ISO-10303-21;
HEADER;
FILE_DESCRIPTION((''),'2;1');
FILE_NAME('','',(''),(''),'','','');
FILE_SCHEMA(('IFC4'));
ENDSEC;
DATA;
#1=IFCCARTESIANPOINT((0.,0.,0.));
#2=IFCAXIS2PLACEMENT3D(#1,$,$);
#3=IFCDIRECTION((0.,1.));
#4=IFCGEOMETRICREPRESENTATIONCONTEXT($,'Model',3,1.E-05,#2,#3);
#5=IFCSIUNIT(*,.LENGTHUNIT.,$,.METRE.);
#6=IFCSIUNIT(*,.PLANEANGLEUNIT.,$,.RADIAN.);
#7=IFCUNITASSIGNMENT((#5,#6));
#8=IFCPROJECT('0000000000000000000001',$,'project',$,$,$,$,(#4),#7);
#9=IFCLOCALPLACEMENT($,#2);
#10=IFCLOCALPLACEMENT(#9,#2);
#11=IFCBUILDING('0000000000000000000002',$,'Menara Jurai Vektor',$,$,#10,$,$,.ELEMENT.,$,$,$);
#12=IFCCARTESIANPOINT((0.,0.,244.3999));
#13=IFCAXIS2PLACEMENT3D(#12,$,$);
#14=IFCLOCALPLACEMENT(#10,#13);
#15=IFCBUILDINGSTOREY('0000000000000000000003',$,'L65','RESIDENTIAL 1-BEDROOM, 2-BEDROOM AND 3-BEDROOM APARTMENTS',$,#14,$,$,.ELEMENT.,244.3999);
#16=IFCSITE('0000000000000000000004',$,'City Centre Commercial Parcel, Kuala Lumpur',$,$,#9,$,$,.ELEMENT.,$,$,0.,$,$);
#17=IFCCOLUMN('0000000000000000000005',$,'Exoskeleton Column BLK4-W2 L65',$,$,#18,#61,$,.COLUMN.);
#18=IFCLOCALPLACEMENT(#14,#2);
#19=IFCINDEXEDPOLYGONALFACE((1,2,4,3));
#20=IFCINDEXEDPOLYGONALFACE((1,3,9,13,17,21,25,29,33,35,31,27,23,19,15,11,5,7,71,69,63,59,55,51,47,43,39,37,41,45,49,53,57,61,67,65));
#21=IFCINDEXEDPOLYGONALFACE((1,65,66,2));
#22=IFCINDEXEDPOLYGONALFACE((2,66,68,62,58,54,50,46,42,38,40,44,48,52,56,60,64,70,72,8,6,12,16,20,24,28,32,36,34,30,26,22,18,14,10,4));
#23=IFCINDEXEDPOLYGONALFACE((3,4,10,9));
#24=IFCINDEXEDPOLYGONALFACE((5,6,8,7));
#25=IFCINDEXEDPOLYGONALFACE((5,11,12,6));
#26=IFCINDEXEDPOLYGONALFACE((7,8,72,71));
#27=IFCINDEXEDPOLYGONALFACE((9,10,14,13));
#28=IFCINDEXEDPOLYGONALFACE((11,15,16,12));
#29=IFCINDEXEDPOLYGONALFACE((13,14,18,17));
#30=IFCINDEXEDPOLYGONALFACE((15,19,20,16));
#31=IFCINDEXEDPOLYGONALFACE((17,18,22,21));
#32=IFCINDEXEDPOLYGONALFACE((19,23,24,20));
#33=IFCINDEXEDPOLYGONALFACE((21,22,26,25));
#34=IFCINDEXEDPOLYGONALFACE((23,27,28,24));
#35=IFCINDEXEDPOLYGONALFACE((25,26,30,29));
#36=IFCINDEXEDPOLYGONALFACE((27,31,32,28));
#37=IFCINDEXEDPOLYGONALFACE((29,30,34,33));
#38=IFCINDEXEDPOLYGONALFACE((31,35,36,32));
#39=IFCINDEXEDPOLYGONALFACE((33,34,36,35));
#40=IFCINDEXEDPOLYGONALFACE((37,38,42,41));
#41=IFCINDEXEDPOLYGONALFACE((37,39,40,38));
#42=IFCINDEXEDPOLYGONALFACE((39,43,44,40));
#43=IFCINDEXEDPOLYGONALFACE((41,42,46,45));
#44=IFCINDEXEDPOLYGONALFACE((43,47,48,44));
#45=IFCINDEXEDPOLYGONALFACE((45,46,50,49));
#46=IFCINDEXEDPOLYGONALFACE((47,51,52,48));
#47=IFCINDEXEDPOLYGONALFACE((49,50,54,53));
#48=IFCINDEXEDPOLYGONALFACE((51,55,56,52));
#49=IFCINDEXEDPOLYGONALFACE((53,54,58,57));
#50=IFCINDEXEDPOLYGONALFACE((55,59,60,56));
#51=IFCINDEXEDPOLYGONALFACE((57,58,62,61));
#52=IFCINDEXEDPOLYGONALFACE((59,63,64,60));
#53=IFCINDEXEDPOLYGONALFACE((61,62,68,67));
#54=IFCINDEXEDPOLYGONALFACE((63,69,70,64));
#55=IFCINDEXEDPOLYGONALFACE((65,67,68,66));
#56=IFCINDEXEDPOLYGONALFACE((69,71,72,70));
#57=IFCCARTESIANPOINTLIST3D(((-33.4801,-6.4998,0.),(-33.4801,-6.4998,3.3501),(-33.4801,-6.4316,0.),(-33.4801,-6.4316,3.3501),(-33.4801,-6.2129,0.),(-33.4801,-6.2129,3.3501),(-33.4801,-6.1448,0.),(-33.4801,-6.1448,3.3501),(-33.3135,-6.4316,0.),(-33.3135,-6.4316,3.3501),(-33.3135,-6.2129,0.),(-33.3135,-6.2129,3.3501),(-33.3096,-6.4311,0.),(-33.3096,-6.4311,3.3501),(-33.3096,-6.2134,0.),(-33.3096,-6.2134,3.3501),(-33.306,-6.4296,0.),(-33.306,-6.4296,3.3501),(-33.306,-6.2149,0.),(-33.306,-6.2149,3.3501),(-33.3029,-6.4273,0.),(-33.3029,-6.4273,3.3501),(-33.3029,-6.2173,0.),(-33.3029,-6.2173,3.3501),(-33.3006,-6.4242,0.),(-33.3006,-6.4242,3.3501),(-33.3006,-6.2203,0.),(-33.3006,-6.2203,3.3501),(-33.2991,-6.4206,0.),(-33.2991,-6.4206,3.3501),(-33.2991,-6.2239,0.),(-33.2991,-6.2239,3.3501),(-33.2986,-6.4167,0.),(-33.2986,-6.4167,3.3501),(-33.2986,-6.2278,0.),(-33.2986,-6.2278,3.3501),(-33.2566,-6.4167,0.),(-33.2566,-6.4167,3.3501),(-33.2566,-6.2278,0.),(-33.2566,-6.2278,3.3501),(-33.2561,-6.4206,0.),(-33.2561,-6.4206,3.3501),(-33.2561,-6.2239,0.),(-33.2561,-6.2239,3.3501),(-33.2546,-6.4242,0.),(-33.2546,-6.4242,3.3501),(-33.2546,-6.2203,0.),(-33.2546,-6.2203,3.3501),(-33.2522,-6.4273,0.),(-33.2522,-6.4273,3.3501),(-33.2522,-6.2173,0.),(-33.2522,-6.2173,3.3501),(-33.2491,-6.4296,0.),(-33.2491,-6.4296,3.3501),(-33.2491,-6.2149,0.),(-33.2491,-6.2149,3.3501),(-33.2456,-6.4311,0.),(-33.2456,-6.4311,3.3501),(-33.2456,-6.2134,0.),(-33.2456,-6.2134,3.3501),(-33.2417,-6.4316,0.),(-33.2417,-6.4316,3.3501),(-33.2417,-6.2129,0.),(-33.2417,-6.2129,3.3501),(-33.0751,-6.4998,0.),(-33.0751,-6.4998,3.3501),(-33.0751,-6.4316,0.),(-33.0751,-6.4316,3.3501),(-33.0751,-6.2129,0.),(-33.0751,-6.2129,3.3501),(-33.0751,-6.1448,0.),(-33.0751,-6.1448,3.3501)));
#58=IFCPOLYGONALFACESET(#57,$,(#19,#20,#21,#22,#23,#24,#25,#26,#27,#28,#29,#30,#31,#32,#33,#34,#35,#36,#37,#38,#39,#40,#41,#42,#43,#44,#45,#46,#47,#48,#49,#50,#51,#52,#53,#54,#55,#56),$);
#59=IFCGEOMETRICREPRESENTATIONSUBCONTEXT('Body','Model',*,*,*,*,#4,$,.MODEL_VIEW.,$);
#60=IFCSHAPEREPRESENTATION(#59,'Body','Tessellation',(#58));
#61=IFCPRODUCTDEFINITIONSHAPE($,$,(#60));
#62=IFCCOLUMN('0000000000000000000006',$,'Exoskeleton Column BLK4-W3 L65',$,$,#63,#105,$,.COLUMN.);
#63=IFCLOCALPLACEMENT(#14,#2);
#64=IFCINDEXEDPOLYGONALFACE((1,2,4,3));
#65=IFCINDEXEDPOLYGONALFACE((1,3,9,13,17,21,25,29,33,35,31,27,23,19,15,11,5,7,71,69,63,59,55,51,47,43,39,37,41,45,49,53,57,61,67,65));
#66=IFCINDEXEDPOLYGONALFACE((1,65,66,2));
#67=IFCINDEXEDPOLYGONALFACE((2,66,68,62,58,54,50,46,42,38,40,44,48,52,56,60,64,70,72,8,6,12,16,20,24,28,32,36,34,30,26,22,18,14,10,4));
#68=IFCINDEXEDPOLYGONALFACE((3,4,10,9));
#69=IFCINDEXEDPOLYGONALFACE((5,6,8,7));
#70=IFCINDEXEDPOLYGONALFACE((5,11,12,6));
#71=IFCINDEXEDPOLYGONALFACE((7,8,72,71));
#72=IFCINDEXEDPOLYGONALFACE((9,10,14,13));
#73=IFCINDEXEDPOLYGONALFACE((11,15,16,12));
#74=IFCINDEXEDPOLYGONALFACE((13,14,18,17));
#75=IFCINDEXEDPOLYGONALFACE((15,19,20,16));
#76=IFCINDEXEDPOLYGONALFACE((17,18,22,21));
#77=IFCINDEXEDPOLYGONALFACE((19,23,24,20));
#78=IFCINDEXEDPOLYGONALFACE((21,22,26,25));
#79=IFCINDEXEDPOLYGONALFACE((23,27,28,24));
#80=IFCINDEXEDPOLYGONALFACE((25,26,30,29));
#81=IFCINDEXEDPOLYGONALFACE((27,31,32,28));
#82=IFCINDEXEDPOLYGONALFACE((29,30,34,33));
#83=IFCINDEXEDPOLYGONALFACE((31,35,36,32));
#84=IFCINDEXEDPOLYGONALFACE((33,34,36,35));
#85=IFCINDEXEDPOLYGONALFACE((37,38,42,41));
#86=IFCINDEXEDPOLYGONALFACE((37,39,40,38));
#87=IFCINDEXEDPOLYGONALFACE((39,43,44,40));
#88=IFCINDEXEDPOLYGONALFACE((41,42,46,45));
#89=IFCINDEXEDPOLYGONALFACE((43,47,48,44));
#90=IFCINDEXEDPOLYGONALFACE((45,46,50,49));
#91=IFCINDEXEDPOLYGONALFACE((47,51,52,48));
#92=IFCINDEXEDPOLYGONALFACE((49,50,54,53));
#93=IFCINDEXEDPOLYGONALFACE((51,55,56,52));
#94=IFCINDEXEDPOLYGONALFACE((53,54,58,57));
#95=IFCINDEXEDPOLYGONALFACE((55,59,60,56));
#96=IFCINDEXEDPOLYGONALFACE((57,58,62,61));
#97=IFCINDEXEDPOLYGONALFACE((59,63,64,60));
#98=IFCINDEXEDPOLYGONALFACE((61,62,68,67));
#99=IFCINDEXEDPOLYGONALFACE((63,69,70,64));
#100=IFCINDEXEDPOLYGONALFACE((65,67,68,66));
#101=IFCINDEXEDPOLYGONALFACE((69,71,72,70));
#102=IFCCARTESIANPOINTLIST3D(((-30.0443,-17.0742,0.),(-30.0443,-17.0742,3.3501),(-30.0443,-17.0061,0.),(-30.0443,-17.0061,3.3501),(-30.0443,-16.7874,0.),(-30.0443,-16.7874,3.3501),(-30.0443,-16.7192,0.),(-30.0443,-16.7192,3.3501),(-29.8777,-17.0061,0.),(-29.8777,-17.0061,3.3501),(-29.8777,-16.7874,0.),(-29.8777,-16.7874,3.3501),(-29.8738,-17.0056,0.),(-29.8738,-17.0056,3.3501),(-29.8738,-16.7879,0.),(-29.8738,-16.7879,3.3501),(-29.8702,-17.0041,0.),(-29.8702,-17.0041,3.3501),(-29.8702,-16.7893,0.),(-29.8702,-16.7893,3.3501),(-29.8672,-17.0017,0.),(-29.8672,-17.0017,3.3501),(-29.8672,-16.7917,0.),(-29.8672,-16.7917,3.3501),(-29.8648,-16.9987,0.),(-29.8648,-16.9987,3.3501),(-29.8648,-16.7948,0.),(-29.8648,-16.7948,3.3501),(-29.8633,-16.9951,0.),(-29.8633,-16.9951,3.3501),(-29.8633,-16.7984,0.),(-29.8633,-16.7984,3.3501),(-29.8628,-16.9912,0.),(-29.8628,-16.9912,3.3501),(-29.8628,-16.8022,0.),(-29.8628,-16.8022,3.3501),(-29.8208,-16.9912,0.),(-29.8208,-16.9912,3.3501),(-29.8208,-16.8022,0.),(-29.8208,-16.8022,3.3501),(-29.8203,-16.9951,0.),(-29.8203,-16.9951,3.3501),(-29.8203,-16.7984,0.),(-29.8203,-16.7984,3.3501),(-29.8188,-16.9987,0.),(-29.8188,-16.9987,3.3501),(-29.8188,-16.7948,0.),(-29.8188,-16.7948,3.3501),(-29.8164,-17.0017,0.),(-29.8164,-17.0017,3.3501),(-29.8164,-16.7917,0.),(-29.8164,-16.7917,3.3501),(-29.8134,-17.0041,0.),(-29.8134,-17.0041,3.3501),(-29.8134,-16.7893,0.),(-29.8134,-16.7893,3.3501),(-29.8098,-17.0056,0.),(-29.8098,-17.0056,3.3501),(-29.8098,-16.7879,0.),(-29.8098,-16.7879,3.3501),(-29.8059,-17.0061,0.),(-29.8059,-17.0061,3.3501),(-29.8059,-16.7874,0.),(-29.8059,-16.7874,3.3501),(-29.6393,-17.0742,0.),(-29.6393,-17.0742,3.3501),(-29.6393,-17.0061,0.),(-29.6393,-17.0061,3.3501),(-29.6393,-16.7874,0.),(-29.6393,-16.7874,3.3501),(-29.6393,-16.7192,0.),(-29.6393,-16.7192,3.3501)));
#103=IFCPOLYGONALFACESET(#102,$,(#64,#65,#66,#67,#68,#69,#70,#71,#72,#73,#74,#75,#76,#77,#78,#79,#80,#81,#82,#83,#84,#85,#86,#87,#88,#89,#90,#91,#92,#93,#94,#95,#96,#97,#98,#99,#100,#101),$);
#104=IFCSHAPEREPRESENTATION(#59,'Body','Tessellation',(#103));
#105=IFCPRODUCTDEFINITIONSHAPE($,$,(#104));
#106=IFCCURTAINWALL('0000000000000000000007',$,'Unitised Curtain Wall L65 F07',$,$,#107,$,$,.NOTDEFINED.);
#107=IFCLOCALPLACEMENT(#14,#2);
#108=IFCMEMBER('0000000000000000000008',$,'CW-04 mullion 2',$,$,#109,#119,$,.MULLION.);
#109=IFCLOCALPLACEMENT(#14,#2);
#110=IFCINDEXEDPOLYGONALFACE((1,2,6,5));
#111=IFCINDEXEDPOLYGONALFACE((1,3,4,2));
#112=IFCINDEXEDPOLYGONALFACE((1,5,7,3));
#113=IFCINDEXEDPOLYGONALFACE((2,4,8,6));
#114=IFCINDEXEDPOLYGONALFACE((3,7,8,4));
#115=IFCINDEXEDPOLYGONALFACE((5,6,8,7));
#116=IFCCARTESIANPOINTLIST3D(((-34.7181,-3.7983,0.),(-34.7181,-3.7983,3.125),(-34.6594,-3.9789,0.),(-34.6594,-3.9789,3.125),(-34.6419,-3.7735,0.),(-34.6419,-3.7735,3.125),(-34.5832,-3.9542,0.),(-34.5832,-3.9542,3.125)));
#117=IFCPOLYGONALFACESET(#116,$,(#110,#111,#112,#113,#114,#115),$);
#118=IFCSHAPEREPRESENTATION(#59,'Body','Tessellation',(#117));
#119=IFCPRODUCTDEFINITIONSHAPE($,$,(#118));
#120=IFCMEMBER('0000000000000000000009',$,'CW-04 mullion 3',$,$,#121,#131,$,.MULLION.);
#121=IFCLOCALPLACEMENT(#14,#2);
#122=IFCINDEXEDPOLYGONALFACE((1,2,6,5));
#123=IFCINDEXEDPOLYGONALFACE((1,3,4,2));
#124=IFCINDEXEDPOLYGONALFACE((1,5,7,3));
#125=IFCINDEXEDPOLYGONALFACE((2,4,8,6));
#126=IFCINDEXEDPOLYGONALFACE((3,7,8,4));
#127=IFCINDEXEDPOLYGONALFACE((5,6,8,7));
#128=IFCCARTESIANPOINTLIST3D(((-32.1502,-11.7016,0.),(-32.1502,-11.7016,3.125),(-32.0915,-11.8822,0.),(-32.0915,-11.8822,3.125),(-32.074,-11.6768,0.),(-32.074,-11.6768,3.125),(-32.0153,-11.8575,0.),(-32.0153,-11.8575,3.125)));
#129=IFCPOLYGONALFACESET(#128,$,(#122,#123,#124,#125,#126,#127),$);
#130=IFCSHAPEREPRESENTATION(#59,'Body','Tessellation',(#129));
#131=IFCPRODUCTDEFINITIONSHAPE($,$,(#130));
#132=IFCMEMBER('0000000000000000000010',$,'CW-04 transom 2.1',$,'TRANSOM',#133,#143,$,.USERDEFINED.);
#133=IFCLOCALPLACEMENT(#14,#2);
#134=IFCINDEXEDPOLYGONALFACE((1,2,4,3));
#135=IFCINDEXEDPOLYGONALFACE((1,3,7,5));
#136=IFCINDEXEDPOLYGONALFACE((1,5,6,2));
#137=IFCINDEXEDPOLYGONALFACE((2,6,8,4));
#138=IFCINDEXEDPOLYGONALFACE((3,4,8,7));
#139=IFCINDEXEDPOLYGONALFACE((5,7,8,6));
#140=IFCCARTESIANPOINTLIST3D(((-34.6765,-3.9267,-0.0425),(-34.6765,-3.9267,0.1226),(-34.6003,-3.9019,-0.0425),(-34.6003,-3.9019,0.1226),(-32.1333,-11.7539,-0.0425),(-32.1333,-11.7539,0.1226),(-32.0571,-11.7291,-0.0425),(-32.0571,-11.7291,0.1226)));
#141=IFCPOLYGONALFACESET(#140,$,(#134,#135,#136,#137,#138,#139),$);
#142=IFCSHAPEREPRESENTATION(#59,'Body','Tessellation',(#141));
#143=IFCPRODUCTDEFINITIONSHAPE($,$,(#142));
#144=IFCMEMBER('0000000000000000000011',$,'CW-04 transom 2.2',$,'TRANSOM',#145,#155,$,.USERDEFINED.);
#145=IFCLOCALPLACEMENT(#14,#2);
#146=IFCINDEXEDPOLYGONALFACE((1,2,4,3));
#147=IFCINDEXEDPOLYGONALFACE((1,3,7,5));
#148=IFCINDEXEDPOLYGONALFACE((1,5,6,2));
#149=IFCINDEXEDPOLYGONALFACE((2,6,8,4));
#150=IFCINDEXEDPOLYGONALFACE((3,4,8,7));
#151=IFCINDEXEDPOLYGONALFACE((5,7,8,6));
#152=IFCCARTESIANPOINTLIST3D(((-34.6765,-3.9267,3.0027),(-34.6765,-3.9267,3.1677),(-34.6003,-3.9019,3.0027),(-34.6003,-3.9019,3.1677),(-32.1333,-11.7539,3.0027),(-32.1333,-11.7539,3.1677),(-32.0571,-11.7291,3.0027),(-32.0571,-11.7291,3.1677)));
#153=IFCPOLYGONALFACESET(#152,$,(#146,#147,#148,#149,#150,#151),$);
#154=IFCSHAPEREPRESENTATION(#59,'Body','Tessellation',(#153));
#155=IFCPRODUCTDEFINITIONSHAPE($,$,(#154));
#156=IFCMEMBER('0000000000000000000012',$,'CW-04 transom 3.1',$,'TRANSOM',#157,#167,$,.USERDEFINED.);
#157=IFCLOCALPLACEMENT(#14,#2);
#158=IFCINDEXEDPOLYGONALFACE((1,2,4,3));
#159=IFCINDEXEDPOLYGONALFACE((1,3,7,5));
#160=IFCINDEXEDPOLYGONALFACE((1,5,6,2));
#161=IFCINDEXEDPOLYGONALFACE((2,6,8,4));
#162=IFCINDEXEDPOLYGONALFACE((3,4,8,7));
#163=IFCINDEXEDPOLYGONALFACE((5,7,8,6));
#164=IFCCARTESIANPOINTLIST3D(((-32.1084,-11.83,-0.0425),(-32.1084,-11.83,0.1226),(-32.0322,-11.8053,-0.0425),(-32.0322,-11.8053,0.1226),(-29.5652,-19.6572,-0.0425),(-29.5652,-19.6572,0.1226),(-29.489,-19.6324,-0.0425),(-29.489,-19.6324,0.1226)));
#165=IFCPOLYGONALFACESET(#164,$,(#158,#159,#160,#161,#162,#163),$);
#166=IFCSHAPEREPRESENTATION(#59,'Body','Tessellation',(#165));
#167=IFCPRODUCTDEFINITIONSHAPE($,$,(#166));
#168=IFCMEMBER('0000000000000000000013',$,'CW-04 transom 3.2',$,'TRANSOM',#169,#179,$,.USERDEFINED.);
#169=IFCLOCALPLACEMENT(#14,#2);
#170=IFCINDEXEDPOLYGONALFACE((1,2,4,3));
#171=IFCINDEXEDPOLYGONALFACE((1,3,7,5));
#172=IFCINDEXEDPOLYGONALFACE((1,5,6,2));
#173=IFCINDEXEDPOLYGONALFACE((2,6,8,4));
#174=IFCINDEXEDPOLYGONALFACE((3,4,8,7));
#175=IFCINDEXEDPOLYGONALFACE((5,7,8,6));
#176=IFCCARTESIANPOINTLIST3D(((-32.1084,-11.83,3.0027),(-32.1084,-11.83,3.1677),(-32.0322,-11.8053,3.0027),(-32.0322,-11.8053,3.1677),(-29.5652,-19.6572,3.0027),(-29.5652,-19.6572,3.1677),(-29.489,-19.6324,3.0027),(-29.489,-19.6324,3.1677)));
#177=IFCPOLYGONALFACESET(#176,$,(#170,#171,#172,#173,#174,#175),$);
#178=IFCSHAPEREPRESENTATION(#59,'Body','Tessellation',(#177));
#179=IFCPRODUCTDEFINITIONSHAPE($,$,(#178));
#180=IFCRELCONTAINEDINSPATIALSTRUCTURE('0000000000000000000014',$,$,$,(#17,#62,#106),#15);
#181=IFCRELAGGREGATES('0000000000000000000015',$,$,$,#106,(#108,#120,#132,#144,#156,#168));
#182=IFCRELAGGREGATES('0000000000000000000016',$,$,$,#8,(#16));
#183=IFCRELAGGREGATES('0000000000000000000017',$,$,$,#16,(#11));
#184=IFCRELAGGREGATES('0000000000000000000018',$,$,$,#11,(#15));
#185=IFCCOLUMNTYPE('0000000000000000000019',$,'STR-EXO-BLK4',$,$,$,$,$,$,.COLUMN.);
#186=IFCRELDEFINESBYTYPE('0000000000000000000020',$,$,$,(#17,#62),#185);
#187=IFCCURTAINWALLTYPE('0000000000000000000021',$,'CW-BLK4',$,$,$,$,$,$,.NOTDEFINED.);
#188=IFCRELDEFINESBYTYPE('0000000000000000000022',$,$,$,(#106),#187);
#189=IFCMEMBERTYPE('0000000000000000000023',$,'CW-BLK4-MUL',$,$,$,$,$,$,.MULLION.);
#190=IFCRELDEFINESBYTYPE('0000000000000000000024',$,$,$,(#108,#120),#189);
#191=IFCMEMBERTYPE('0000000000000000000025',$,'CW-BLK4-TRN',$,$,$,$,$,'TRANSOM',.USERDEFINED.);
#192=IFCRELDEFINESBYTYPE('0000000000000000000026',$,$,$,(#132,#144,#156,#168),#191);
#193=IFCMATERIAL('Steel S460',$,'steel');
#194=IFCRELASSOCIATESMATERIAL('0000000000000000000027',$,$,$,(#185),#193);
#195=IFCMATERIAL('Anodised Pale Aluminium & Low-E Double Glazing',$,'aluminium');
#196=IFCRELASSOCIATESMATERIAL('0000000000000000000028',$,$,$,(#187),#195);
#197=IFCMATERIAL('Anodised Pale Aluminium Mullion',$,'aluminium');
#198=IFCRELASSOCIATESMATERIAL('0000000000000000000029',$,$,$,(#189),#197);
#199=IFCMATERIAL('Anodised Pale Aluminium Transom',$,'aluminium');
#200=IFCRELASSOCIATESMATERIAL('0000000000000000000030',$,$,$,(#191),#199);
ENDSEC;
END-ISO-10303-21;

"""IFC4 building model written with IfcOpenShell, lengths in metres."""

from ifc_helpers import new_model, si_unit, direction, frame, origin, origin_2d, place, context, subcontext, project, spatial, rectangle, i_section, extrude, material, material_profile, profile_set, type_object, element, aggregate, save


model = new_model("IFC4")

# Units and contexts
model_context = context("Model", 3, precision=1e-05, world=origin(), true_north=direction((0.0, 1.0)))
body_context = subcontext(model_context, "Body", "Model", "MODEL_VIEW")
ifc_project = project(units=[si_unit("LENGTHUNIT", "METRE"), si_unit("PLANEANGLEUNIT", "RADIAN")], contexts=[model_context])

# Site, building, storey
site_placement = place(None, origin())
site = spatial("IfcSite", under=ifc_project, at=site_placement, Name="City Centre Commercial Parcel, Kuala Lumpur", CompositionType="ELEMENT", RefElevation=0.0)
building_placement = place(site_placement, origin())
building = spatial("IfcBuilding", under=site, at=building_placement, Name="Menara Jurai Vektor", CompositionType="ELEMENT")
storey_placement = place(building_placement, frame((0.0, 0.0, 244.3999)))
storey = spatial("IfcBuildingStorey", under=building, at=storey_placement, Name="L65", Description="RESIDENTIAL 1-BEDROOM, 2-BEDROOM AND 3-BEDROOM APARTMENTS", CompositionType="ELEMENT", Elevation=244.3999)

# Columns
ifc_material_1 = material(Name="Steel S460", Category="steel")
ifc_material_profile_1 = material_profile(ifc_material_1, i_section(OverallWidth=0.405, OverallDepth=0.355, WebThickness=0.042, FlangeThickness=0.0681, FilletRadius=0.0149, at=origin_2d()), Name="HD 400x551")
ifc_profile_set_1 = profile_set([ifc_material_profile_1], Name="Steel S460")
column_type = type_object("IfcColumnType", Name="STR-EXO-BLK4", PredefinedType="COLUMN", material=ifc_profile_set_1)
for number, where, z_axis, x_axis, name in (
    (1, (-33.2776, -6.3223, 0.0), (0.0, 0.0, 1.0), (1.0, 0.0, 0.0), "Exoskeleton Column BLK4-W2 L65"),
    (2, (-29.8418, -16.8967, 0.0), (0.0, 0.0, 1.0), (1.0, 0.0, 0.0), "Exoskeleton Column BLK4-W3 L65"),
):
    element("IfcColumn", number, at=place(storey_placement, frame(where, z_axis=z_axis, x_axis=x_axis)), inside=storey, type_object=column_type, Name=name, PredefinedType="COLUMN", context=body_context, shape_type="SweptSolid", body=[
        extrude(i_section(OverallWidth=0.405, OverallDepth=0.355, WebThickness=0.042, FlangeThickness=0.0681, FilletRadius=0.0149, at=origin_2d()), origin(), (0.0, 0.0, 1.0), 3.3501),
    ])

# Curtain wall, members
ifc_material_2 = material(Name="Anodised Pale Aluminium & Low-E Double Glazing", Category="aluminium")
curtain_wall_type = type_object("IfcCurtainWallType", Name="CW-BLK4", PredefinedType="NOTDEFINED", material=ifc_material_2)
curtain_wall_placement = place(storey_placement, origin())
curtain_wall = element("IfcCurtainWall", 3, at=curtain_wall_placement, inside=storey, type_object=curtain_wall_type, Name="Unitised Curtain Wall L65 F07", PredefinedType="NOTDEFINED")
ifc_material_3 = material(Name="Anodised Pale Aluminium Mullion", Category="aluminium")
ifc_material_profile_2 = material_profile(ifc_material_3, rectangle(XDim=0.0801, YDim=0.1899, at=origin_2d()), Name="ALU MUL 80x190")
ifc_profile_set_2 = profile_set([ifc_material_profile_2], Name="Anodised Pale Aluminium Mullion")
member_type_1 = type_object("IfcMemberType", Name="CW-BLK4-MUL", PredefinedType="MULLION", material=ifc_profile_set_2)
member_1_placement = place(storey_placement, frame((-34.6506, -3.8762, 0.0), z_axis=(0.0, 0.0, 1.0), x_axis=(0.951057, 0.309016, 0.0)))
member_1 = element("IfcMember", 4, at=member_1_placement, type_object=member_type_1, Name="CW-04 mullion 2", PredefinedType="MULLION", context=body_context, shape_type="SweptSolid", body=[
    extrude(rectangle(XDim=0.0801, YDim=0.1899, at=origin_2d()), origin(), (0.0, 0.0, 1.0), 3.125),
])
member_2_placement = place(storey_placement, frame((-32.0828, -11.7795, 0.0), z_axis=(0.0, 0.0, 1.0), x_axis=(0.951057, 0.309016, 0.0)))
member_2 = element("IfcMember", 5, at=member_2_placement, type_object=member_type_1, Name="CW-04 mullion 3", PredefinedType="MULLION", context=body_context, shape_type="SweptSolid", body=[
    extrude(rectangle(XDim=0.0801, YDim=0.1899, at=origin_2d()), origin(), (0.0, 0.0, 1.0), 3.125),
])
ifc_material_4 = material(Name="Anodised Pale Aluminium Transom", Category="aluminium")
ifc_material_profile_3 = material_profile(ifc_material_4, rectangle(XDim=0.0801, YDim=0.165, at=origin_2d()), Name="ALU TRN 80x165")
ifc_profile_set_3 = profile_set([ifc_material_profile_3], Name="Anodised Pale Aluminium Transom")
member_type_2 = type_object("IfcMemberType", Name="CW-BLK4-TRN", ElementType="TRANSOM", PredefinedType="USERDEFINED", material=ifc_profile_set_3)
member_3_placement = place(storey_placement, frame((-34.6384, -3.9143, 0.04), z_axis=(0.309019, -0.951056, 0.0), x_axis=(0.951056, 0.309019, 0.0)))
member_3 = element("IfcMember", 6, at=member_3_placement, type_object=member_type_2, Name="CW-04 transom 2.1", ObjectType="TRANSOM", PredefinedType="USERDEFINED", context=body_context, shape_type="SweptSolid", body=[
    extrude(rectangle(XDim=0.0801, YDim=0.165, at=origin_2d()), origin(), (0.0, 0.0, 1.0), 8.23),
])
member_4_placement = place(storey_placement, frame((-34.6384, -3.9143, 3.0852), z_axis=(0.309019, -0.951056, 0.0), x_axis=(0.951056, 0.309019, 0.0)))
member_4 = element("IfcMember", 7, at=member_4_placement, type_object=member_type_2, Name="CW-04 transom 2.2", ObjectType="TRANSOM", PredefinedType="USERDEFINED", context=body_context, shape_type="SweptSolid", body=[
    extrude(rectangle(XDim=0.0801, YDim=0.165, at=origin_2d()), origin(), (0.0, 0.0, 1.0), 8.23),
])
member_5_placement = place(storey_placement, frame((-32.0703, -11.8176, 0.04), z_axis=(0.309019, -0.951056, 0.0), x_axis=(0.951056, 0.309019, 0.0)))
member_5 = element("IfcMember", 8, at=member_5_placement, type_object=member_type_2, Name="CW-04 transom 3.1", ObjectType="TRANSOM", PredefinedType="USERDEFINED", context=body_context, shape_type="SweptSolid", body=[
    extrude(rectangle(XDim=0.0801, YDim=0.165, at=origin_2d()), origin(), (0.0, 0.0, 1.0), 8.23),
])
member_6_placement = place(storey_placement, frame((-32.0703, -11.8176, 3.0852), z_axis=(0.309019, -0.951056, 0.0), x_axis=(0.951056, 0.309019, 0.0)))
member_6 = element("IfcMember", 9, at=member_6_placement, type_object=member_type_2, Name="CW-04 transom 3.2", ObjectType="TRANSOM", PredefinedType="USERDEFINED", context=body_context, shape_type="SweptSolid", body=[
    extrude(rectangle(XDim=0.0801, YDim=0.165, at=origin_2d()), origin(), (0.0, 0.0, 1.0), 8.23),
])

aggregate(curtain_wall, [member_1, member_2, member_3, member_4, member_5, member_6])

save(model, "model.ifc")
